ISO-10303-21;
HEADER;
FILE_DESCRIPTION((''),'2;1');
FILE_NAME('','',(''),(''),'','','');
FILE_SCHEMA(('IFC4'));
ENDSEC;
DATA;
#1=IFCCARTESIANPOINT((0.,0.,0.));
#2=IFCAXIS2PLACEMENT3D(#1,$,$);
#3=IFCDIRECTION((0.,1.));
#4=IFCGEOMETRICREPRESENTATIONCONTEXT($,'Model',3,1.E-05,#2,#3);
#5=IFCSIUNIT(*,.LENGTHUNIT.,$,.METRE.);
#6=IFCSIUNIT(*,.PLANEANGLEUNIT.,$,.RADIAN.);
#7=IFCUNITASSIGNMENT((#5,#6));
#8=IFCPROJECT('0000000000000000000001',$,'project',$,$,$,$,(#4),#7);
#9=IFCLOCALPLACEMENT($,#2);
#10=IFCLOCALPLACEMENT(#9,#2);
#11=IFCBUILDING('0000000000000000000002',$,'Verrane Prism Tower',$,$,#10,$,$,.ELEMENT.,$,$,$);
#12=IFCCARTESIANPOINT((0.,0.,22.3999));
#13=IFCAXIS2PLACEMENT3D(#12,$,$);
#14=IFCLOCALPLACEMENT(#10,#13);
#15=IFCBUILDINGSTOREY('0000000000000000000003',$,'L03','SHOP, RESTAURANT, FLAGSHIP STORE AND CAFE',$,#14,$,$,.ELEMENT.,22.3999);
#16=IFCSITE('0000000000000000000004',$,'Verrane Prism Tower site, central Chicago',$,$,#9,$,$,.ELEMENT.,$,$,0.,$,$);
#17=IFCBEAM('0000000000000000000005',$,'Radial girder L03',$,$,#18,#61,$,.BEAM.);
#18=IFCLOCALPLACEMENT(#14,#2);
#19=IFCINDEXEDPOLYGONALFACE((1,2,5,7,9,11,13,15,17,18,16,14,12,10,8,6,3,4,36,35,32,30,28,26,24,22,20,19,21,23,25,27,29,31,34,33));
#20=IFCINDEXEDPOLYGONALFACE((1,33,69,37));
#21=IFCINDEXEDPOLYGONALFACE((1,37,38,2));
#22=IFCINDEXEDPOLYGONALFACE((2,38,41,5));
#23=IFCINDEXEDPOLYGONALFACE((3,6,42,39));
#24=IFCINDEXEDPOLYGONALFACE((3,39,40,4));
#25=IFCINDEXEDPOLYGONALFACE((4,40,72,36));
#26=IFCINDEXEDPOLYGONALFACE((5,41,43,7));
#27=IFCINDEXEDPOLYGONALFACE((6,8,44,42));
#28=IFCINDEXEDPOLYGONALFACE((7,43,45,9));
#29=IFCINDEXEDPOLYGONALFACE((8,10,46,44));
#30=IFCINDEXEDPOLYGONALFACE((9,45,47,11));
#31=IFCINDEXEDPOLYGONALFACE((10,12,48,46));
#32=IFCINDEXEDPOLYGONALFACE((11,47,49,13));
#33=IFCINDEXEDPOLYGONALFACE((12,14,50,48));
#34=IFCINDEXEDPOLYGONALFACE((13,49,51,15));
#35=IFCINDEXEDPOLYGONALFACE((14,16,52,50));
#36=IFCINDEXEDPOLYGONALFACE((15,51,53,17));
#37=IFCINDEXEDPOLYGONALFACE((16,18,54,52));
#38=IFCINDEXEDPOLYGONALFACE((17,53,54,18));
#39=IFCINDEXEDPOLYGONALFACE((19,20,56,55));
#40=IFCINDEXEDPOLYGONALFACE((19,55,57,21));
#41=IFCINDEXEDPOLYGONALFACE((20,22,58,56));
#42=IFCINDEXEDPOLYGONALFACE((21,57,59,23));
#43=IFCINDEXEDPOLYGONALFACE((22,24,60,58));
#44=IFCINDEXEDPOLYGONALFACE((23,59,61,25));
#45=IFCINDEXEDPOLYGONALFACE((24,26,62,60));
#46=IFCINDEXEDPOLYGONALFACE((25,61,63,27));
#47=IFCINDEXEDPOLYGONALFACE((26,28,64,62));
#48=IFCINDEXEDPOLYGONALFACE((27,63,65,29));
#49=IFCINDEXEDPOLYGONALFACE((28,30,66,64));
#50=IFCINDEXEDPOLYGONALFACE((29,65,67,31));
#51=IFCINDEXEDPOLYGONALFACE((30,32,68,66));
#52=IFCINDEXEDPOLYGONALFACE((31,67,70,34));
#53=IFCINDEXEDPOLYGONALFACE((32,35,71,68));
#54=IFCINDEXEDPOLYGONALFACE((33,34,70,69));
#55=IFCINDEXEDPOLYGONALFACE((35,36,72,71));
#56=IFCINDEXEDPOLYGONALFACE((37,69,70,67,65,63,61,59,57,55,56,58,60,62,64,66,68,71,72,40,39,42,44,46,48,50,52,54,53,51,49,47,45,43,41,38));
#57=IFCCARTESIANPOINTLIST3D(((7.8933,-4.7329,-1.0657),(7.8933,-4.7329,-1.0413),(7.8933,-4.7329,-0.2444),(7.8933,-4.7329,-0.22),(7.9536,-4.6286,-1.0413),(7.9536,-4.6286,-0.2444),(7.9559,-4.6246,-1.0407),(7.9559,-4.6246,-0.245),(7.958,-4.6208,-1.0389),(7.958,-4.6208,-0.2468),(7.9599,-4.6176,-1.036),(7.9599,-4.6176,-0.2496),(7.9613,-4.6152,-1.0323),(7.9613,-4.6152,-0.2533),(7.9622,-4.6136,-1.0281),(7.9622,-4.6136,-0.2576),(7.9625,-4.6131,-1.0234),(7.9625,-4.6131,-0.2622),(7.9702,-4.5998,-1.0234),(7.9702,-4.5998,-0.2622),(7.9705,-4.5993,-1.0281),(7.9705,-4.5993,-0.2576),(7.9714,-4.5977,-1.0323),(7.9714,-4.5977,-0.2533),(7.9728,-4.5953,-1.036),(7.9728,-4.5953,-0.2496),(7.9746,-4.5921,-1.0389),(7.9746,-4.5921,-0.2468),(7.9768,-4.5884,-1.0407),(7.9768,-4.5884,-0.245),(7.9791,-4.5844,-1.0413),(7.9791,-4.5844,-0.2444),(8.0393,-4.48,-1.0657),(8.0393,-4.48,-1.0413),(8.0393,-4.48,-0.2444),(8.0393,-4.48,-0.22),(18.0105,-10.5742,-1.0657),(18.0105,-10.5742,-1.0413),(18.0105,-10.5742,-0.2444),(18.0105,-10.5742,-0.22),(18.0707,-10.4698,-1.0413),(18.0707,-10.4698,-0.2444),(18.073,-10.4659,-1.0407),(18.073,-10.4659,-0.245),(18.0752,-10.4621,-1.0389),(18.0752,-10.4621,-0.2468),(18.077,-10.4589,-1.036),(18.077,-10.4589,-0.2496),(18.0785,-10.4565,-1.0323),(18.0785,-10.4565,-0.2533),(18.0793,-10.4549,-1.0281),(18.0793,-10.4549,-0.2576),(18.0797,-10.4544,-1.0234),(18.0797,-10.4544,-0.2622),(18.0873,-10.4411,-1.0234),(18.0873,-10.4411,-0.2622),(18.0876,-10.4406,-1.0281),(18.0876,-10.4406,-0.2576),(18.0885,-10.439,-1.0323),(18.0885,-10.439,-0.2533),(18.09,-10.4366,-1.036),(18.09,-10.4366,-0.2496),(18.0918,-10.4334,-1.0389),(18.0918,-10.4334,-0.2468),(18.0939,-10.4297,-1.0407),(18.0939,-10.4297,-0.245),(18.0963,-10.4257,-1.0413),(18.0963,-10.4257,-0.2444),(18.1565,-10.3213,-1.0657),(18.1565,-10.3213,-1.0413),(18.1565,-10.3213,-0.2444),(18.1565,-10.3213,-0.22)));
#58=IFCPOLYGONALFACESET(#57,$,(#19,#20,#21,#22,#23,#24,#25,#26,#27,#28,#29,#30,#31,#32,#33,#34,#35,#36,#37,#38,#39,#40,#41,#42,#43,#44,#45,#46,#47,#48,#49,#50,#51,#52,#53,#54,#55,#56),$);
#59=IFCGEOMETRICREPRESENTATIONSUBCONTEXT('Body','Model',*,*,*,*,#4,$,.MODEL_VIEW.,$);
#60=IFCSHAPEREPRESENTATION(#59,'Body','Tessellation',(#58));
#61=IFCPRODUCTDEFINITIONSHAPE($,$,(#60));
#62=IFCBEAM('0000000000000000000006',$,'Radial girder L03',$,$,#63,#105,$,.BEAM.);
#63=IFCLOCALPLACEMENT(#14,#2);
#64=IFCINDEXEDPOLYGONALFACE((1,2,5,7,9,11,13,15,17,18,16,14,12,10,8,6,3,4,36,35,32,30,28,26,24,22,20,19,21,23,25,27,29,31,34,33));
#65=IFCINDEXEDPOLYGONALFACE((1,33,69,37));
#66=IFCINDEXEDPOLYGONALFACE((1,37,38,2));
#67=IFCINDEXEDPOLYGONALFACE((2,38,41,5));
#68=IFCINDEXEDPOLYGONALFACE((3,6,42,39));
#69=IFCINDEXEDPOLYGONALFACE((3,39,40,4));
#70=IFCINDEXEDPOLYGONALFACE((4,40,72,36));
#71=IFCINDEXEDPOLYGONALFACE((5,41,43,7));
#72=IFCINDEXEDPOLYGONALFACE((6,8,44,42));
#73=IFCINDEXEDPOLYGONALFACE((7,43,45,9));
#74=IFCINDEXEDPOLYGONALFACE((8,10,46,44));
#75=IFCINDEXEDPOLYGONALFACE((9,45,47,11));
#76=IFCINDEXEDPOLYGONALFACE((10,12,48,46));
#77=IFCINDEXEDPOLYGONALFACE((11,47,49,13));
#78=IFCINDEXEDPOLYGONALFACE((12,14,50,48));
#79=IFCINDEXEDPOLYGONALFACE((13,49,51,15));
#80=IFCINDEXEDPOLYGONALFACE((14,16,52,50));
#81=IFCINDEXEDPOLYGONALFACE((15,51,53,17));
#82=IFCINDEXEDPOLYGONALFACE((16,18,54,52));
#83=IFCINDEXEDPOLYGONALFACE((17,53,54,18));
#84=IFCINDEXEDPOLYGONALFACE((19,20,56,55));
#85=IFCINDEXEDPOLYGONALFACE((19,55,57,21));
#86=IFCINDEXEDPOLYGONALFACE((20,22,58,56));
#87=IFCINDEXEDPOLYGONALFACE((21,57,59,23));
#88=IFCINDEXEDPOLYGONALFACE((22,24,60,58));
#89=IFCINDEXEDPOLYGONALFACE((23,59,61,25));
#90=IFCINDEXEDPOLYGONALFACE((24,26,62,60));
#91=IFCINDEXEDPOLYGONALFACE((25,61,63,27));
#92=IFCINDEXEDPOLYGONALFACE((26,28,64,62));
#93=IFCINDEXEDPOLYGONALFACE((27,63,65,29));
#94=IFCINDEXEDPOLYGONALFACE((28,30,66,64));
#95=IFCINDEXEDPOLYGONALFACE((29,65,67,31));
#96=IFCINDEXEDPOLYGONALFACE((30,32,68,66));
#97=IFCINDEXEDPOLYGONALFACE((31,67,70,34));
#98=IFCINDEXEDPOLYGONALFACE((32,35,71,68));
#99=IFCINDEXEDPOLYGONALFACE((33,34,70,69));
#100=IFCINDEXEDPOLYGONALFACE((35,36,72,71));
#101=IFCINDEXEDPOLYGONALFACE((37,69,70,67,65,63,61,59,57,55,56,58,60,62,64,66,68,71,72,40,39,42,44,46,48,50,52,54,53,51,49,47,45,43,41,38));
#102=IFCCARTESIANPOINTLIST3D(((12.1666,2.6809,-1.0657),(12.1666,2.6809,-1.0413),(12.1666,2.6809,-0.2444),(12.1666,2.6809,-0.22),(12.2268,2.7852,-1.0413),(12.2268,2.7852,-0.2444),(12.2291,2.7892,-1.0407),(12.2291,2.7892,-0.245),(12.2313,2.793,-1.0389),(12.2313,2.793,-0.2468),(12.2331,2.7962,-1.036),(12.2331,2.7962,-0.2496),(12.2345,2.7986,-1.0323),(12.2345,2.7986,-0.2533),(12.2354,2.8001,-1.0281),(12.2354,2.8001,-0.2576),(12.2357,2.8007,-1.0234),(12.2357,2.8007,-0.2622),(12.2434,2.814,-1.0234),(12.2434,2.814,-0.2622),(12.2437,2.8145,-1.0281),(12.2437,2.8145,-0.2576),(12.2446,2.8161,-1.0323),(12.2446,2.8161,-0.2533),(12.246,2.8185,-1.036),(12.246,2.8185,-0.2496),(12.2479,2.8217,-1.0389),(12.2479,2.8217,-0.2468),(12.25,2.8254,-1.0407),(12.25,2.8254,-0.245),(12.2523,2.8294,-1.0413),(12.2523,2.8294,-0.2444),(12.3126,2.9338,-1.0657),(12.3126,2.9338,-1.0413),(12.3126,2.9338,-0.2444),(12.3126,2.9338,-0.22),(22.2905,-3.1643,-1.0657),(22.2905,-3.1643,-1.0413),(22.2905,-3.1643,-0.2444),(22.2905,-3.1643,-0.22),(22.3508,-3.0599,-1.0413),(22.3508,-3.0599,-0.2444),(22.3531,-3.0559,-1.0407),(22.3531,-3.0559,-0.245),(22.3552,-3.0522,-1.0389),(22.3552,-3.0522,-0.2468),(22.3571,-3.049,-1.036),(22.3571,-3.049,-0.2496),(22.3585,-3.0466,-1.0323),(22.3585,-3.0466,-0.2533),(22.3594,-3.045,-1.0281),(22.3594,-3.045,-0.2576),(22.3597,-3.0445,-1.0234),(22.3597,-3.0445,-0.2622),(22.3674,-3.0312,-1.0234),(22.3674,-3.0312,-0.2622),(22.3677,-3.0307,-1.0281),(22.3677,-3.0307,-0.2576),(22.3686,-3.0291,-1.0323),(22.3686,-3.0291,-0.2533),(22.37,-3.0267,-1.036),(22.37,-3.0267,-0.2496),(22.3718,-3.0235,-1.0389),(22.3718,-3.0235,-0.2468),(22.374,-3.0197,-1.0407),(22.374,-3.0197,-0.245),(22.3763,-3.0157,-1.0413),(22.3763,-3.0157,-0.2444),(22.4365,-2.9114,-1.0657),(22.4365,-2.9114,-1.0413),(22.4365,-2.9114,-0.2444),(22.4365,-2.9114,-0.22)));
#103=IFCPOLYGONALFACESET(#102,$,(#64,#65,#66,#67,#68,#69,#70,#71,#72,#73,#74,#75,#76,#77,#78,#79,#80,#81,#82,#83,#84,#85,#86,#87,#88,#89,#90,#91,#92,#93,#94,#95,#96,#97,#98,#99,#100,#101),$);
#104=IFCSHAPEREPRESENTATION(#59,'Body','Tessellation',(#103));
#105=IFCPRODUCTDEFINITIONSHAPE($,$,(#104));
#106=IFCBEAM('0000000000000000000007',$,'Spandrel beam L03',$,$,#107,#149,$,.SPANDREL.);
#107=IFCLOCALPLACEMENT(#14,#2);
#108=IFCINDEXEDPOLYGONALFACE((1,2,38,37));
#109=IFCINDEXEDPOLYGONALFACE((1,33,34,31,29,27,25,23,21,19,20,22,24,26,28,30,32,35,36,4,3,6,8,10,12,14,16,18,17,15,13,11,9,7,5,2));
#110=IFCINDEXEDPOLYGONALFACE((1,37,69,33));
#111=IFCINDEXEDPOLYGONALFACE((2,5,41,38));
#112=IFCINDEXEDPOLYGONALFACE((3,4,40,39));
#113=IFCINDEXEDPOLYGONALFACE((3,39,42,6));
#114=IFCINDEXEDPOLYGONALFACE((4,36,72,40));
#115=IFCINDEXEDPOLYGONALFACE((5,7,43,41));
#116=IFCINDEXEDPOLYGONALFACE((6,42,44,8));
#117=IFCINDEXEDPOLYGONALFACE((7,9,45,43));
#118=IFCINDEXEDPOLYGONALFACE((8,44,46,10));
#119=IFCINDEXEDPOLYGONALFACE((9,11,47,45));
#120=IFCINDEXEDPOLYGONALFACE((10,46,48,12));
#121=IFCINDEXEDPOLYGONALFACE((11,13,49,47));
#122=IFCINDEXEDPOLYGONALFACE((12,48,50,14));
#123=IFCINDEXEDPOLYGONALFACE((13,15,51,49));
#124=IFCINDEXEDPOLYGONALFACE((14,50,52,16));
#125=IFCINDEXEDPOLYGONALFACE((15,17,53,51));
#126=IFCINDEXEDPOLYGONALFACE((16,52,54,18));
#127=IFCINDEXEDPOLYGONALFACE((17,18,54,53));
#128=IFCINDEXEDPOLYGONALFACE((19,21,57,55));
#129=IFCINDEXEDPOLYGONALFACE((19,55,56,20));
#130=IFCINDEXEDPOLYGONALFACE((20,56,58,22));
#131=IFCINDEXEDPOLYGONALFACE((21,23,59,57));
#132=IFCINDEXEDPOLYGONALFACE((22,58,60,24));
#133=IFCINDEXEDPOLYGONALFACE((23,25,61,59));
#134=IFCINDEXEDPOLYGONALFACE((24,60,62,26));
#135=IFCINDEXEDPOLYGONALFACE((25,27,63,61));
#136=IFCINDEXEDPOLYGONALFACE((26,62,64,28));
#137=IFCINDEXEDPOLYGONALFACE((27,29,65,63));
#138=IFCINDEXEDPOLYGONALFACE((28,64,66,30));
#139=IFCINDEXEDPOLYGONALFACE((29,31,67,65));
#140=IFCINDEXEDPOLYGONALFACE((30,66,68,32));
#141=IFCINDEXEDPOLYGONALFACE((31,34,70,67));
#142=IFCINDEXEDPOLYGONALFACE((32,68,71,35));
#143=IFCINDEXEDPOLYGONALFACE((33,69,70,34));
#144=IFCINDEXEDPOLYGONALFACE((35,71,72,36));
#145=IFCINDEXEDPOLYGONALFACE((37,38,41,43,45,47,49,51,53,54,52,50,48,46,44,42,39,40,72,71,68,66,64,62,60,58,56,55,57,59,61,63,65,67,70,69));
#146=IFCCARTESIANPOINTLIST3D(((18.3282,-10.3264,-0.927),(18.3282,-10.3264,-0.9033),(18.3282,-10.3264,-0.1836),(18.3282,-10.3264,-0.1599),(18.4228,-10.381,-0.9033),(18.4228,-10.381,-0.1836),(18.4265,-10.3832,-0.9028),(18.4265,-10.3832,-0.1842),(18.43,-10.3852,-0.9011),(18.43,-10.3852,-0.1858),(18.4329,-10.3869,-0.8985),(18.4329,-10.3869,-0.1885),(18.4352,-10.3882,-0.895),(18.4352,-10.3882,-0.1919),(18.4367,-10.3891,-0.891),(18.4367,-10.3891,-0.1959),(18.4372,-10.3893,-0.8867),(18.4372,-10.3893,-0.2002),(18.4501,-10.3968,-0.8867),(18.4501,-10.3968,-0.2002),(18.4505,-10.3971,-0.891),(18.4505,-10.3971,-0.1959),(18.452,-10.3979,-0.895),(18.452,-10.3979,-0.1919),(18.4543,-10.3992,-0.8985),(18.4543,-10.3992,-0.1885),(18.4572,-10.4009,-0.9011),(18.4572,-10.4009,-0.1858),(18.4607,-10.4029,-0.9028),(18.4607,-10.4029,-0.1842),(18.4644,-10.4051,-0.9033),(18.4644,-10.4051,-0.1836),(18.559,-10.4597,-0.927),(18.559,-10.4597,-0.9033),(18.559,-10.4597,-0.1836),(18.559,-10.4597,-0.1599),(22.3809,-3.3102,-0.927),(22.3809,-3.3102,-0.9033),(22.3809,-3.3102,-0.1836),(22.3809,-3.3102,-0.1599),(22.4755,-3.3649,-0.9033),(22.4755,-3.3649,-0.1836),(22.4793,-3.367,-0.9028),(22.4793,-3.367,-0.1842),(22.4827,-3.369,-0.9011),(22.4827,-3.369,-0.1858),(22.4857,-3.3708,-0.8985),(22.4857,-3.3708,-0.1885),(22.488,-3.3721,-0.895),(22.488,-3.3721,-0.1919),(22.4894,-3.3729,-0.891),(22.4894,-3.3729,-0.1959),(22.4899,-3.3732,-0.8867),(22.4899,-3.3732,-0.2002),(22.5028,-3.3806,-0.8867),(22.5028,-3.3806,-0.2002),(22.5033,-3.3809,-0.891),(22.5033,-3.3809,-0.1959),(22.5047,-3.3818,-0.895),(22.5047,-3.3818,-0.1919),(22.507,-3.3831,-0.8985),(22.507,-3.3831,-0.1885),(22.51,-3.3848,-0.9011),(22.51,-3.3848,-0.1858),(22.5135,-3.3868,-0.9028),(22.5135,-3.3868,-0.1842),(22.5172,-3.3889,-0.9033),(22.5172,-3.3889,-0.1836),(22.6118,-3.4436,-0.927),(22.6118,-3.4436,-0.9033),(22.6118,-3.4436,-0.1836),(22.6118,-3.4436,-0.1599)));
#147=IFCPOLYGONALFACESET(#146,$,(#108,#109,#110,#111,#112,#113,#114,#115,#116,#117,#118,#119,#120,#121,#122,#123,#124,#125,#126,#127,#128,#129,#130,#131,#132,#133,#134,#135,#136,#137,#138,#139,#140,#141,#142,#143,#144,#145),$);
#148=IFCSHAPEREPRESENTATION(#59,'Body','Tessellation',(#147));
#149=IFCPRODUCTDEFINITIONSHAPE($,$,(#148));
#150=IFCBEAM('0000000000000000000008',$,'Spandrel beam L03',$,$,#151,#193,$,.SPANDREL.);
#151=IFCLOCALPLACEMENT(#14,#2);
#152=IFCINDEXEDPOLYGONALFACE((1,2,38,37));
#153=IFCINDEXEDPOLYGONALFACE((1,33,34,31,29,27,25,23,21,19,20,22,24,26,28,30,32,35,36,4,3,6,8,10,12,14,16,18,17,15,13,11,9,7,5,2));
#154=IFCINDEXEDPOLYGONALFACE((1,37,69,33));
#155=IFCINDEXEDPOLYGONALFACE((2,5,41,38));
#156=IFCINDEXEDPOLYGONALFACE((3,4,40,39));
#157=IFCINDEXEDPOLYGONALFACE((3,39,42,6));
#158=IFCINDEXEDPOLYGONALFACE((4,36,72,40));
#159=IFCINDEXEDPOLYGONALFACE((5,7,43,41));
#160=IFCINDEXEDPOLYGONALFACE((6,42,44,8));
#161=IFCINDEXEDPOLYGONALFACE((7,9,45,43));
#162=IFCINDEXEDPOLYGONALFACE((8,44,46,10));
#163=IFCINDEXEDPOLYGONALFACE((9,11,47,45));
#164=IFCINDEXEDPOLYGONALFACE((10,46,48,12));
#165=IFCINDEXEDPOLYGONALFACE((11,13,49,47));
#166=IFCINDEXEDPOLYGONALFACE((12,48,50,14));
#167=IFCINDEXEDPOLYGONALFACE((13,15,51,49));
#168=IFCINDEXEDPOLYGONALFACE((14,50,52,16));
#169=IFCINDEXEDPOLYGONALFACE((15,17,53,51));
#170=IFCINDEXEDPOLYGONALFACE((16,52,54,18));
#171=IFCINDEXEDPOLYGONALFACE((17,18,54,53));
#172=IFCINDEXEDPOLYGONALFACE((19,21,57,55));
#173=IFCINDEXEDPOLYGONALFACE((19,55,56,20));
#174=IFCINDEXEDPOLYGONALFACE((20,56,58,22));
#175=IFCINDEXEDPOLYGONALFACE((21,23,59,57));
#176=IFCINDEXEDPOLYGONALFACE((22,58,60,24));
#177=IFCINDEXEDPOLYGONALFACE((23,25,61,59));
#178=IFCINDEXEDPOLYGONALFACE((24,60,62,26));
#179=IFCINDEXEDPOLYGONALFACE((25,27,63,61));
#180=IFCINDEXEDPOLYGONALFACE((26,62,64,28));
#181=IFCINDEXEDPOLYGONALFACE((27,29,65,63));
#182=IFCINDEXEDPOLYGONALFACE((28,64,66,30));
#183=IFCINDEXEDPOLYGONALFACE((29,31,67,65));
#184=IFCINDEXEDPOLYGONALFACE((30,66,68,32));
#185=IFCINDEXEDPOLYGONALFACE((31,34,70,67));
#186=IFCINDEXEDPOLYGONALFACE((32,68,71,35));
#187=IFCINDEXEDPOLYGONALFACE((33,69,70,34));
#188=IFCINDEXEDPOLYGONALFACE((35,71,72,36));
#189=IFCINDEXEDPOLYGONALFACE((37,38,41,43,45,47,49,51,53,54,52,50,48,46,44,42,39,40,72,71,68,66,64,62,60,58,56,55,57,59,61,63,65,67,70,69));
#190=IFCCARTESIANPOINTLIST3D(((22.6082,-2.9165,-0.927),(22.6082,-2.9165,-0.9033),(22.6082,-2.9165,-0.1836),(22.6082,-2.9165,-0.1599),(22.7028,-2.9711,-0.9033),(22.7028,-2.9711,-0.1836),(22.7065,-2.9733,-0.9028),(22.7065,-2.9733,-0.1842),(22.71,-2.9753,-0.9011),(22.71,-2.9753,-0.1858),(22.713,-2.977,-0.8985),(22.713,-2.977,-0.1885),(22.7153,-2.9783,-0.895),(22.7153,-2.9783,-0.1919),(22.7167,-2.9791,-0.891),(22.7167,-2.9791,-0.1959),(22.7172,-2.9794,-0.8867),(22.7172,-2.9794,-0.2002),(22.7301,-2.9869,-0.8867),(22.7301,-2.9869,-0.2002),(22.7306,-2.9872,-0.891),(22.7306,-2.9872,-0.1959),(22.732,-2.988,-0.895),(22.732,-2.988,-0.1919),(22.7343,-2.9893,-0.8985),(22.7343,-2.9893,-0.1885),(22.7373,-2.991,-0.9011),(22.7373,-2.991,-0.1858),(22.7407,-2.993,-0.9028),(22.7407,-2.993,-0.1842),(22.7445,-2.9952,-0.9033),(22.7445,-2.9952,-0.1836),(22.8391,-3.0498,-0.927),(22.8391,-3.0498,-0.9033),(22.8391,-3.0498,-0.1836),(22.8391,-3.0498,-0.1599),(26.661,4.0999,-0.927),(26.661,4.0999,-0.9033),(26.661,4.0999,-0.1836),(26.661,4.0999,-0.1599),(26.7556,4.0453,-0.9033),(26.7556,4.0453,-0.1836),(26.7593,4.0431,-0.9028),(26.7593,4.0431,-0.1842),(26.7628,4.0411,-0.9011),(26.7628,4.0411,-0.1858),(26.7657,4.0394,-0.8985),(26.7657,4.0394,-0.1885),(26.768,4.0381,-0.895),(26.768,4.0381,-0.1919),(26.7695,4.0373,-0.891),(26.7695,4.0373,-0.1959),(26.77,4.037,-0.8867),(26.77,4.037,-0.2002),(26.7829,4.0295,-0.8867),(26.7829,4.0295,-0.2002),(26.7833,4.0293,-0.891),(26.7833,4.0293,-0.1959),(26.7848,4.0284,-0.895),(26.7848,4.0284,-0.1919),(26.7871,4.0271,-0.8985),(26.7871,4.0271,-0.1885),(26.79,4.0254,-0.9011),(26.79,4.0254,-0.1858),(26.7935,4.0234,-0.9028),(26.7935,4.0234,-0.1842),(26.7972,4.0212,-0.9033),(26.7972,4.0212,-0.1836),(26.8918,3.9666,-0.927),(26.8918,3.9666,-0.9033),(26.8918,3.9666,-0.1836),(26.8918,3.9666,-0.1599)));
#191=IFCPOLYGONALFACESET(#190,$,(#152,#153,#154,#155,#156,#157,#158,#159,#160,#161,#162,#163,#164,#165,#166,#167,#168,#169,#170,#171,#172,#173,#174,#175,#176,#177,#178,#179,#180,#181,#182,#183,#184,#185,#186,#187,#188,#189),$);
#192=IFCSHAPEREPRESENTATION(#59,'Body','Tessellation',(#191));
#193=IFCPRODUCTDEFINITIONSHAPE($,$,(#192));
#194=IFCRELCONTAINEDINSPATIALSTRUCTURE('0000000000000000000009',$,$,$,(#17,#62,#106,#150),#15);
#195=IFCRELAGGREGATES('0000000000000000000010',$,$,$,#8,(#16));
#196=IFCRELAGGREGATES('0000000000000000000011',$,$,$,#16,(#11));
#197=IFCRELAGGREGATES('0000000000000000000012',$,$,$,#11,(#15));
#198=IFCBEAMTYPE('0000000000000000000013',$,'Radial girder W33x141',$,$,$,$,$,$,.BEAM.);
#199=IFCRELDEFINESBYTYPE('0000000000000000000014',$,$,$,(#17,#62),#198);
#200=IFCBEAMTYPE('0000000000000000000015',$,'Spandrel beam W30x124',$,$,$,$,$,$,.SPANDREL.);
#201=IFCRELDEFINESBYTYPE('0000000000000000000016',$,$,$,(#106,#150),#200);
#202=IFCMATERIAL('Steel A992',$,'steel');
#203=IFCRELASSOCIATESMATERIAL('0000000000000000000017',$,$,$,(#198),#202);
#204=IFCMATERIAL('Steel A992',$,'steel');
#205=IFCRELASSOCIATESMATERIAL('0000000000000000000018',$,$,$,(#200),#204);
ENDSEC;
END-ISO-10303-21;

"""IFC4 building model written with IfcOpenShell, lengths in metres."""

from ifc_helpers import new_model, si_unit, direction, frame, origin, origin_2d, place, context, subcontext, project, spatial, i_section, extrude, material, material_profile, profile_set, type_object, element, save


model = new_model("IFC4")

# Units and contexts
model_context = context("Model", 3, precision=1e-05, world=origin(), true_north=direction((0.0, 1.0)))
body_context = subcontext(model_context, "Body", "Model", "MODEL_VIEW")
ifc_project = project(units=[si_unit("LENGTHUNIT", "METRE"), si_unit("PLANEANGLEUNIT", "RADIAN")], contexts=[model_context])

# Site, building, storey
site_placement = place(None, origin())
site = spatial("IfcSite", under=ifc_project, at=site_placement, Name="Verrane Prism Tower site, central Chicago", CompositionType="ELEMENT", RefElevation=0.0)
building_placement = place(site_placement, origin())
building = spatial("IfcBuilding", under=site, at=building_placement, Name="Verrane Prism Tower", CompositionType="ELEMENT")
storey_placement = place(building_placement, frame((0.0, 0.0, 22.3999)))
storey = spatial("IfcBuildingStorey", under=building, at=storey_placement, Name="L03", Description="SHOP, RESTAURANT, FLAGSHIP STORE AND CAFE", CompositionType="ELEMENT", Elevation=22.3999)

# Beams
ifc_material_1 = material(Name="Steel A992", Category="steel")
ifc_material_profile_1 = material_profile(ifc_material_1, i_section(OverallWidth=0.292, OverallDepth=0.8457, WebThickness=0.0154, FlangeThickness=0.0244, FilletRadius=0.0178, at=origin_2d()), Name="W33x141")
ifc_profile_set_1 = profile_set([ifc_material_profile_1], Name="Steel A992")
beam_type_1 = type_object("IfcBeamType", Name="Radial girder W33x141", PredefinedType="BEAM", material=ifc_profile_set_1)
beam_1_placement = place(storey_placement, frame((18.0835, -10.4478, -0.6428), z_axis=(-0.86602, 0.500009, 0.0), x_axis=(-0.500009, -0.86602, 0.0)))
element("IfcBeam", 1, at=beam_1_placement, inside=storey, type_object=beam_type_1, Name="Radial girder L03", PredefinedType="BEAM", context=body_context, shape_type="SweptSolid", body=[
    extrude(i_section(OverallWidth=0.292, OverallDepth=0.8457, WebThickness=0.0154, FlangeThickness=0.0244, FilletRadius=0.0178, at=origin_2d()), origin(), (0.0, 0.0, 1.0), 11.6824),
])
beam_2_placement = place(storey_placement, frame((22.3635, -3.0378, -0.6428), z_axis=(-0.866021, 0.500007, 0.0), x_axis=(-0.500007, -0.866021, 0.0)))
element("IfcBeam", 2, at=beam_2_placement, inside=storey, type_object=beam_type_1, Name="Radial girder L03", PredefinedType="BEAM", context=body_context, shape_type="SweptSolid", body=[
    extrude(i_section(OverallWidth=0.292, OverallDepth=0.8457, WebThickness=0.0154, FlangeThickness=0.0244, FilletRadius=0.0178, at=origin_2d()), origin(), (0.0, 0.0, 1.0), 11.6902),
])
ifc_material_2 = material(Name="Steel A992", Category="steel")
ifc_material_profile_2 = material_profile(ifc_material_2, i_section(OverallWidth=0.2666, OverallDepth=0.7671, WebThickness=0.0149, FlangeThickness=0.0237, FilletRadius=0.0166, at=origin_2d()), Name="W30x124")
ifc_profile_set_2 = profile_set([ifc_material_profile_2], Name="Steel A992")
beam_type_2 = type_object("IfcBeamType", Name="Spandrel beam W30x124", PredefinedType="SPANDREL", material=ifc_profile_set_2)
beam_3_placement = place(storey_placement, frame((18.4436, -10.3931, -0.5435), z_axis=(0.500183, 0.86592, 0.0), x_axis=(-0.86592, 0.500183, 0.0)))
element("IfcBeam", 3, at=beam_3_placement, inside=storey, type_object=beam_type_2, Name="Spandrel beam L03", PredefinedType="SPANDREL", context=body_context, shape_type="SweptSolid", body=[
    extrude(i_section(OverallWidth=0.2666, OverallDepth=0.7671, WebThickness=0.0149, FlangeThickness=0.0237, FilletRadius=0.0166, at=origin_2d()), origin(), (0.0, 0.0, 1.0), 8.1025),
])
beam_4_placement = place(storey_placement, frame((22.7236, -2.9832, -0.5435), z_axis=(0.50017, 0.865927, 0.0), x_axis=(-0.865927, 0.50017, 0.0)))
element("IfcBeam", 4, at=beam_4_placement, inside=storey, type_object=beam_type_2, Name="Spandrel beam L03", PredefinedType="SPANDREL", context=body_context, shape_type="SweptSolid", body=[
    extrude(i_section(OverallWidth=0.2666, OverallDepth=0.7671, WebThickness=0.0149, FlangeThickness=0.0237, FilletRadius=0.0166, at=origin_2d()), origin(), (0.0, 0.0, 1.0), 8.1028),
])

save(model, "model.ifc")
